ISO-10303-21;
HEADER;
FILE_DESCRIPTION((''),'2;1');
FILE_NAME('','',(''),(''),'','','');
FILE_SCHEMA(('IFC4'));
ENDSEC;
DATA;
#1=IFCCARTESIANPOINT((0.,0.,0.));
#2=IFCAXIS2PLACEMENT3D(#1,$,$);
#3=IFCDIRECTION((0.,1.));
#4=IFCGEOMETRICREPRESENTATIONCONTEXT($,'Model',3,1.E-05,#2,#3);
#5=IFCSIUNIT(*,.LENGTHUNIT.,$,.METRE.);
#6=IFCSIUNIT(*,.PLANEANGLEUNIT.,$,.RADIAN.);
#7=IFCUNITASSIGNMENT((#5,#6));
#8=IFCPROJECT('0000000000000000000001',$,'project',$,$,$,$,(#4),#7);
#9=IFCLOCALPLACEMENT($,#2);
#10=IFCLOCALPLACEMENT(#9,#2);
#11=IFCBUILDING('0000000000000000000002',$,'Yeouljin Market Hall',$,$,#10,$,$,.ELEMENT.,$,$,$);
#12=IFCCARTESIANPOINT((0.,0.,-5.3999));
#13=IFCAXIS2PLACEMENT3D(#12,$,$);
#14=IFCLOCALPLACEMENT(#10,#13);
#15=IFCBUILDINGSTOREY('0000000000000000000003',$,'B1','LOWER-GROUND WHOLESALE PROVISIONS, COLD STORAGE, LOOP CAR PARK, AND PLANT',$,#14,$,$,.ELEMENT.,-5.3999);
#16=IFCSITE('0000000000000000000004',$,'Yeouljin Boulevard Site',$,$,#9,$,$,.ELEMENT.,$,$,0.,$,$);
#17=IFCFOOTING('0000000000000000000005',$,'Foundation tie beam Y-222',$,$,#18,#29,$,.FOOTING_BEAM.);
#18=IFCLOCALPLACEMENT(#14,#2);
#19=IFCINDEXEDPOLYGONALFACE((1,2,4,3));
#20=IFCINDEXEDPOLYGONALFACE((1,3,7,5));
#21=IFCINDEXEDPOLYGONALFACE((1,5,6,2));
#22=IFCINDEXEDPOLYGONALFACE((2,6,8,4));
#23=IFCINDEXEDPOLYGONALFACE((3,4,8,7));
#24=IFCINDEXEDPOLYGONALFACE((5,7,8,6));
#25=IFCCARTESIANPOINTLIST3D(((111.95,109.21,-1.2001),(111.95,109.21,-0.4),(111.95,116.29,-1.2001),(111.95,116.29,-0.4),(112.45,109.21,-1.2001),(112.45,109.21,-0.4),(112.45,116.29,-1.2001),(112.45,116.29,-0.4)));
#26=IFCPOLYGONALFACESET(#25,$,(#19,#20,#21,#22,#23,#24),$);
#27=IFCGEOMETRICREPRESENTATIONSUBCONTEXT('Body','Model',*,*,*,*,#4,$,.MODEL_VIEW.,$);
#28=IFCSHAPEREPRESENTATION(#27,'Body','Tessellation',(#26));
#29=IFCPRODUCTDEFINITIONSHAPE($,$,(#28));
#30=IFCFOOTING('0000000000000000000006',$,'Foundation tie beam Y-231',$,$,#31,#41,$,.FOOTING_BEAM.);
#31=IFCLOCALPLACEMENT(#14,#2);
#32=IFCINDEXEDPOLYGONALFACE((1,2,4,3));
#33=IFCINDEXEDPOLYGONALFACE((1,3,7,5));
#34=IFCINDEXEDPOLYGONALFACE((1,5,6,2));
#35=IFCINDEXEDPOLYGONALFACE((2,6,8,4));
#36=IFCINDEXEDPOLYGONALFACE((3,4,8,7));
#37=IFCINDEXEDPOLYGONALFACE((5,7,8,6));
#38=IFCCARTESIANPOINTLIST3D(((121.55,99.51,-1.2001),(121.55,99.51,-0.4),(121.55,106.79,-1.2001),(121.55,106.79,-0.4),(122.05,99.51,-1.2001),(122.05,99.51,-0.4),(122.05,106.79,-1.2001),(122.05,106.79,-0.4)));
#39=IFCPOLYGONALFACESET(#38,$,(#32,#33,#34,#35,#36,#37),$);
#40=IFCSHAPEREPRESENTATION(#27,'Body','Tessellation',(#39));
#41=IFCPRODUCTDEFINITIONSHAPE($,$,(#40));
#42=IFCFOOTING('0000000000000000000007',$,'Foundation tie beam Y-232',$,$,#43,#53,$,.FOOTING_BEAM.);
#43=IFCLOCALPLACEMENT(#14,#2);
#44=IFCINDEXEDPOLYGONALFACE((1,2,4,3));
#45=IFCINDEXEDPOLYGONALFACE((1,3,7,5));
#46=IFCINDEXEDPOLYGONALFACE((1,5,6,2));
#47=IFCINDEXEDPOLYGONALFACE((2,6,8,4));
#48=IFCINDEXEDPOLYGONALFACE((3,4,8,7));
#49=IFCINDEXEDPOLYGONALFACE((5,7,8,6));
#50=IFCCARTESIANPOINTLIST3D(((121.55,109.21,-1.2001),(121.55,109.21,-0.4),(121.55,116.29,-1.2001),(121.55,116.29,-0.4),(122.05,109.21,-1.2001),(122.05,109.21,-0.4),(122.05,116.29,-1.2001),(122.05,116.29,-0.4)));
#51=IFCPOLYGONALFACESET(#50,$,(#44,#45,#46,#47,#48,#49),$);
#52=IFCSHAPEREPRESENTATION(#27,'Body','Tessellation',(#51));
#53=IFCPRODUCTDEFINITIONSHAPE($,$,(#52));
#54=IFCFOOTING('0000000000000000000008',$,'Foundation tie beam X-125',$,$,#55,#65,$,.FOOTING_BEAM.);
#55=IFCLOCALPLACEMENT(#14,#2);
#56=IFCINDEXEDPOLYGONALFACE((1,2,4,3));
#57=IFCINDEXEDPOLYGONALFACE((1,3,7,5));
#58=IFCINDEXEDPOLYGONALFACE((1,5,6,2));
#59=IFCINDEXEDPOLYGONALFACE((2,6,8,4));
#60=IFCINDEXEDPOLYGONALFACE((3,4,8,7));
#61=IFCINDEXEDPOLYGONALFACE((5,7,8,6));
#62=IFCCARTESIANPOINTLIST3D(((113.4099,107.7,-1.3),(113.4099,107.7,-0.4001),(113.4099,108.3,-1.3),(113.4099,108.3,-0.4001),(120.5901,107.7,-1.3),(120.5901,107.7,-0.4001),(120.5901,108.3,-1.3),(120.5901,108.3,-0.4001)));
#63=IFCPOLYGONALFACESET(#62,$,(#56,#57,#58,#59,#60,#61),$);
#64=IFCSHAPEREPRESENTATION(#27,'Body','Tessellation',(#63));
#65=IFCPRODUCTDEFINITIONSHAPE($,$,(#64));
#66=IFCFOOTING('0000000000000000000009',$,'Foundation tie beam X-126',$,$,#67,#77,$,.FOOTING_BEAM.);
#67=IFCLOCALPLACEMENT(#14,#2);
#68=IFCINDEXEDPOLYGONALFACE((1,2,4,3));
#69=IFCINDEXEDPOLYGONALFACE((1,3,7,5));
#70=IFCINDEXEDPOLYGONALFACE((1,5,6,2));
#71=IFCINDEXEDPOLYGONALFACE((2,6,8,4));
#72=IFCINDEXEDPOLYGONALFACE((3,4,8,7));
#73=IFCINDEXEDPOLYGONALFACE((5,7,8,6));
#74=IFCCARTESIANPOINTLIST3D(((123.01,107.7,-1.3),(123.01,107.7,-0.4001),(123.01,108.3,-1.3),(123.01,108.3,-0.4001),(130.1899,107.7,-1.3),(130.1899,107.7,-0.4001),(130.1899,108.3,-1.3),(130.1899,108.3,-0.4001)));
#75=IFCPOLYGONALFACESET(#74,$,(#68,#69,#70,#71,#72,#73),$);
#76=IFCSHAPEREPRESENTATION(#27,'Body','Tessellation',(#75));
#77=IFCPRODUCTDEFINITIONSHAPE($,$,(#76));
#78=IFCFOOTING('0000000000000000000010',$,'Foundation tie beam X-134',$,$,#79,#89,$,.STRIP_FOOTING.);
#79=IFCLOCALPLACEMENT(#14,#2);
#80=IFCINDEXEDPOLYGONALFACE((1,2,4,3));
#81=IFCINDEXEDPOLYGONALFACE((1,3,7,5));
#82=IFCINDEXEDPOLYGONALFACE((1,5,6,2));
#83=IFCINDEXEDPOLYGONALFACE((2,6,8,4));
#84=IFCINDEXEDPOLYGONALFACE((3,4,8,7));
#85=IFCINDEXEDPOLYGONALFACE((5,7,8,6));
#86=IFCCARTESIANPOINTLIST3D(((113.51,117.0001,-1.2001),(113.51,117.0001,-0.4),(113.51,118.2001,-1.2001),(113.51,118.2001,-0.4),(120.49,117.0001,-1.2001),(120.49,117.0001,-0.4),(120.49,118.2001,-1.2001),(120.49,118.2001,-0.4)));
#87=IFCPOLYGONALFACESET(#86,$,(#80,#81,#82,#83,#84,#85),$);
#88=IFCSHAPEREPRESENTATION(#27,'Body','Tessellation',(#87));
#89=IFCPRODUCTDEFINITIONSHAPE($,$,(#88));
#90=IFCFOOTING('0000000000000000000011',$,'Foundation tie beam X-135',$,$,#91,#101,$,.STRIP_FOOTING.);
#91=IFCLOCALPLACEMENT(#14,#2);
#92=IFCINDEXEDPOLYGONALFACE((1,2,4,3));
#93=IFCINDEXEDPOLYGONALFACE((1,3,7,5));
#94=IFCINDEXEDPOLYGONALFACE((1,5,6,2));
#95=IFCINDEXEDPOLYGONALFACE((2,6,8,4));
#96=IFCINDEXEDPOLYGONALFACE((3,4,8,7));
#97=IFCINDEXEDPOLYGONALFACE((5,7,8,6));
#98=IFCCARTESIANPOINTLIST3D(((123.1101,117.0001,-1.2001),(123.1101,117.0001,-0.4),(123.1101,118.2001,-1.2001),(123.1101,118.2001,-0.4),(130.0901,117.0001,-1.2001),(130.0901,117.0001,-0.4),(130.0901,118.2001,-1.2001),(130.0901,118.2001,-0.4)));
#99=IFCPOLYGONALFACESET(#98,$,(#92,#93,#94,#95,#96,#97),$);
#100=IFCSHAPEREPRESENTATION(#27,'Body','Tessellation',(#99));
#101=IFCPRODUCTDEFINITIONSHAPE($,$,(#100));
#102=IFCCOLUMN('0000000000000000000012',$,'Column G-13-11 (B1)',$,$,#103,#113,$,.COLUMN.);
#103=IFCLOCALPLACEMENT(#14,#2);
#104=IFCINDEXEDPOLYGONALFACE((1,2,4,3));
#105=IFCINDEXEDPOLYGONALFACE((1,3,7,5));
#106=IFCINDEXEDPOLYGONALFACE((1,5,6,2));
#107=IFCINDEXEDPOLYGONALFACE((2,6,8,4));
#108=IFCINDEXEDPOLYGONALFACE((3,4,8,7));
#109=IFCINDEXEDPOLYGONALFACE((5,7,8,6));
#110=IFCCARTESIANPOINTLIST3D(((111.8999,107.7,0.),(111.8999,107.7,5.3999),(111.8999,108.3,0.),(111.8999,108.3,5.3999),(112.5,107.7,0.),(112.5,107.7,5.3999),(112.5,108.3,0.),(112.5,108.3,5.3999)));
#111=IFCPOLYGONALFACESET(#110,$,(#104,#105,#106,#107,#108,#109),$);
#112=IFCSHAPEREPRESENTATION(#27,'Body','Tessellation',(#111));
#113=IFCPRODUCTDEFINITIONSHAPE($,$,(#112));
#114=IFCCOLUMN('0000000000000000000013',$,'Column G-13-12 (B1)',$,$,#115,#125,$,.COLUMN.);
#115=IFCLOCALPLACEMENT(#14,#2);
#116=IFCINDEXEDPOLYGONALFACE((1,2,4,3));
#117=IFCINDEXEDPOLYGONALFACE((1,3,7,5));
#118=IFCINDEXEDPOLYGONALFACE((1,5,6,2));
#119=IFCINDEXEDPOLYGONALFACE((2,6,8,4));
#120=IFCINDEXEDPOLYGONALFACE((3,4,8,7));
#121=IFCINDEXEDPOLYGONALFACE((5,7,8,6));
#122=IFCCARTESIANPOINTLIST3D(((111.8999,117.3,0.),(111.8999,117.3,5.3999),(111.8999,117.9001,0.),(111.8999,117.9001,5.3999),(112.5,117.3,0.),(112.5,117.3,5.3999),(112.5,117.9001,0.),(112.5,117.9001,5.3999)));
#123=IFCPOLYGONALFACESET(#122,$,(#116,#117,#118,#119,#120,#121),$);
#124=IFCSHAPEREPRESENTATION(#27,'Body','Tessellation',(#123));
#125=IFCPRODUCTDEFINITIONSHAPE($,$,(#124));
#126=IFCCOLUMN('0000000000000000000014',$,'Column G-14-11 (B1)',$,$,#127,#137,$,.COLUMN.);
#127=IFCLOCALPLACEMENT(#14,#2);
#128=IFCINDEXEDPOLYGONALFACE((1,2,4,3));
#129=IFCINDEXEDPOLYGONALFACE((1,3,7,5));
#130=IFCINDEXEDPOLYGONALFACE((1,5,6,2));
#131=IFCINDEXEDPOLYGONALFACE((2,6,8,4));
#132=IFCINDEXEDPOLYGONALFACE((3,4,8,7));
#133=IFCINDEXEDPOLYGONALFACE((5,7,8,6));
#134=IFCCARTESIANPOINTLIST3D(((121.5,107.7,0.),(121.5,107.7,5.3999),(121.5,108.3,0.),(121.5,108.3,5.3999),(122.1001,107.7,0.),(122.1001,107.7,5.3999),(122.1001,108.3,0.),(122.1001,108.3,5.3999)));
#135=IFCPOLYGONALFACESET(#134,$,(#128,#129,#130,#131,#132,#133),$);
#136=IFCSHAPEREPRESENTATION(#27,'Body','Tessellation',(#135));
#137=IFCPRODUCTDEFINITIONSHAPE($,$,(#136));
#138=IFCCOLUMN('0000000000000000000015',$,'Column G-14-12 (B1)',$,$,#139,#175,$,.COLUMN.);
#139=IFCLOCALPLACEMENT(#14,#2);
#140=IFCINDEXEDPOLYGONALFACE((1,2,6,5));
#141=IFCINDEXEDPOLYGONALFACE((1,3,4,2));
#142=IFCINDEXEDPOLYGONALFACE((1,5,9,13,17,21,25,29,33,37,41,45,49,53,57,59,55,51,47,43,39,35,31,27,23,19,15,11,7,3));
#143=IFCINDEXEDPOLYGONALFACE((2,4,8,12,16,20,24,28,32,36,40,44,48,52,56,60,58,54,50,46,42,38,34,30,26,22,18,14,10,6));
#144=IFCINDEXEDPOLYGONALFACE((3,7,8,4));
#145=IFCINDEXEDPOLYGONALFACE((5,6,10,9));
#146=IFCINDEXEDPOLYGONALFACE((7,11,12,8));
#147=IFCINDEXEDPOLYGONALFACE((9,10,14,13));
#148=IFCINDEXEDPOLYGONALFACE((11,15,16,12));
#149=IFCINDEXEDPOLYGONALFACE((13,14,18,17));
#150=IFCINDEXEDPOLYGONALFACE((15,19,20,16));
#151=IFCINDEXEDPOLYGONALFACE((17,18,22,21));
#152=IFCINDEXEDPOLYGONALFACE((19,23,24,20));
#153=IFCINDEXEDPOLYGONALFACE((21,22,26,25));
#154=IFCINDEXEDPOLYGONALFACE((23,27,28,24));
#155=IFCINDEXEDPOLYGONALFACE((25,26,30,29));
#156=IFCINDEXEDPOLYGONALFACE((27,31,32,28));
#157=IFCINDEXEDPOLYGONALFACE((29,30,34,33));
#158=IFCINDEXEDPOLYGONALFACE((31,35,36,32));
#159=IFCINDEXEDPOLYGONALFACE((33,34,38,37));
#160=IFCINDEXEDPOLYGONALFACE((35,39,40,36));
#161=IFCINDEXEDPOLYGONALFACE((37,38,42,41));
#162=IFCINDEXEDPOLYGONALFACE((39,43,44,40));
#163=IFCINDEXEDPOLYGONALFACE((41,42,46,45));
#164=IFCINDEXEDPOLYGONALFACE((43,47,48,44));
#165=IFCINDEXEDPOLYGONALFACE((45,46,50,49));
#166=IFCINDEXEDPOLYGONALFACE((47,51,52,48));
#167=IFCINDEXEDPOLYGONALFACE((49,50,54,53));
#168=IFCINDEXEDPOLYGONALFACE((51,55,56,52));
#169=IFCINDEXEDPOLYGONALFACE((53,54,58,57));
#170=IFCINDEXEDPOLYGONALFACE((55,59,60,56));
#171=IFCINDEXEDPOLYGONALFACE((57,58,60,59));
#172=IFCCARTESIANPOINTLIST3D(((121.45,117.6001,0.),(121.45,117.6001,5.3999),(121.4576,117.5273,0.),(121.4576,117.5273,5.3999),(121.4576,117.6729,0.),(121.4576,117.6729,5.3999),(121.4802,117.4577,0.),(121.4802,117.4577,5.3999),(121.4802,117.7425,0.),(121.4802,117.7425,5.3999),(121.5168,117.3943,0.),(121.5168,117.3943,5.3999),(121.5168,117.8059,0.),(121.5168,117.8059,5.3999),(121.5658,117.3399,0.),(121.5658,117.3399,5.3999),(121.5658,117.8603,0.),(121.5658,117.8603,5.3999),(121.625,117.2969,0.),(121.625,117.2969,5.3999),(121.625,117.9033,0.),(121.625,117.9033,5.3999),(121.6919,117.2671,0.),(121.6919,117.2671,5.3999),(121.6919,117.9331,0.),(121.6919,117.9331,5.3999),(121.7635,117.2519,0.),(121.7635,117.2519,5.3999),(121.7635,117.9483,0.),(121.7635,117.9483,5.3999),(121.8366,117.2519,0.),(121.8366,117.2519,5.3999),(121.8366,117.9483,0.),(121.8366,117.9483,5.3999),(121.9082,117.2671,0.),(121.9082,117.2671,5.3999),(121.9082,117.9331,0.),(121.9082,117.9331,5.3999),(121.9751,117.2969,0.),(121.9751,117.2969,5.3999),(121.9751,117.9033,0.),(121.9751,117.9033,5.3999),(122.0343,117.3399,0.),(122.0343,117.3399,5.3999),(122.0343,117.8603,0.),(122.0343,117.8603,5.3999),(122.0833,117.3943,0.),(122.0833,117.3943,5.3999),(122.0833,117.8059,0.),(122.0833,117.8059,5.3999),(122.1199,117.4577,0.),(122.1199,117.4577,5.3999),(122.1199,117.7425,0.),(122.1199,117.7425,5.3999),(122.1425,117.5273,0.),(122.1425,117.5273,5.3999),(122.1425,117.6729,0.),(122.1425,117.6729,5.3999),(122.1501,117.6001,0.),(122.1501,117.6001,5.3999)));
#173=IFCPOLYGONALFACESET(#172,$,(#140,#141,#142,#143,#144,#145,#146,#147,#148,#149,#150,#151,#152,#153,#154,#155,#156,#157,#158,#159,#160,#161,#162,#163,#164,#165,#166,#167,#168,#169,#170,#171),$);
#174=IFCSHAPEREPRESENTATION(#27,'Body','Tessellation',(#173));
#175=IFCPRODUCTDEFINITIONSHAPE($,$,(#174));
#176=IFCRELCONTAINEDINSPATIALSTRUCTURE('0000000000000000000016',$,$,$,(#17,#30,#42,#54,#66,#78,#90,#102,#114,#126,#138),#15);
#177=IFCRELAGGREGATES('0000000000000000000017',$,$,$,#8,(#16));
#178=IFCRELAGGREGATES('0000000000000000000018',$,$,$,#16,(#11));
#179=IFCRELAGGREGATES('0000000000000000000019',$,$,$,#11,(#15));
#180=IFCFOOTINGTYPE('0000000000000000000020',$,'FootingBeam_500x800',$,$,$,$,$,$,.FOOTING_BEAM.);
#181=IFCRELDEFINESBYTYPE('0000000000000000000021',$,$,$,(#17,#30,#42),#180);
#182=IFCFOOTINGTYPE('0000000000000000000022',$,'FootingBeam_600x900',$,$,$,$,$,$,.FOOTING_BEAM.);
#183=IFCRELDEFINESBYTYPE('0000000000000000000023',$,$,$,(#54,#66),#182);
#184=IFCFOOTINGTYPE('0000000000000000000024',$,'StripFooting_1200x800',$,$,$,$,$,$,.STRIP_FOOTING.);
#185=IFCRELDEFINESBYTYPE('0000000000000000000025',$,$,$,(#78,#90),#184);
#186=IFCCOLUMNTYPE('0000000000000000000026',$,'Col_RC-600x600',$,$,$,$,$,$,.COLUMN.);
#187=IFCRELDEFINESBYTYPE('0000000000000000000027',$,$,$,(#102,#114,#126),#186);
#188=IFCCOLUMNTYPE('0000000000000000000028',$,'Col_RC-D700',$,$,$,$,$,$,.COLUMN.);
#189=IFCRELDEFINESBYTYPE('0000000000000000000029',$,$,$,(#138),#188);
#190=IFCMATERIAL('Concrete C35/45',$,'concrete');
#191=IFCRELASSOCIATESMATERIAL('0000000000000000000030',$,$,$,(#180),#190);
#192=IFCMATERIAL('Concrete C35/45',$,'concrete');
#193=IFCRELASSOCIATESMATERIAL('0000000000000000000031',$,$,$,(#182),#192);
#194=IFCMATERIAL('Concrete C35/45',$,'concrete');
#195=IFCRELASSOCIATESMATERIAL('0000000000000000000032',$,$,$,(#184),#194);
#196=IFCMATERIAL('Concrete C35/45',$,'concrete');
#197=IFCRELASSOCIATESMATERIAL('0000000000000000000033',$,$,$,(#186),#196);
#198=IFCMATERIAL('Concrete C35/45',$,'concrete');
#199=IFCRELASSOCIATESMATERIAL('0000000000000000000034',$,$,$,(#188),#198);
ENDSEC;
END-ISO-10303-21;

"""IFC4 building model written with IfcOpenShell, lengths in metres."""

from ifc_helpers import new_model, si_unit, direction, frame, origin, origin_2d, place, context, subcontext, project, spatial, rectangle, circle, extrude, material, material_profile, profile_set, type_object, element, save


model = new_model("IFC4")

# Units and contexts
model_context = context("Model", 3, precision=1e-05, world=origin(), true_north=direction((0.0, 1.0)))
body_context = subcontext(model_context, "Body", "Model", "MODEL_VIEW")
ifc_project = project(units=[si_unit("LENGTHUNIT", "METRE"), si_unit("PLANEANGLEUNIT", "RADIAN")], contexts=[model_context])

# Site, building, storey
site_placement = place(None, origin())
site = spatial("IfcSite", under=ifc_project, at=site_placement, Name="Yeouljin Boulevard Site", CompositionType="ELEMENT", RefElevation=0.0)
building_placement = place(site_placement, origin())
building = spatial("IfcBuilding", under=site, at=building_placement, Name="Yeouljin Market Hall", CompositionType="ELEMENT")
storey_placement = place(building_placement, frame((0.0, 0.0, -5.3999)))
storey = spatial("IfcBuildingStorey", under=building, at=storey_placement, Name="B1", Description="LOWER-GROUND WHOLESALE PROVISIONS, COLD STORAGE, LOOP CAR PARK, AND PLANT", CompositionType="ELEMENT", Elevation=-5.3999)

# Footings
ifc_material_1 = material(Name="Concrete C35/45", Category="concrete")
ifc_material_profile_1 = material_profile(ifc_material_1, rectangle(XDim=0.5, YDim=0.8, at=origin_2d()), Name="RC-500x800")
ifc_profile_set_1 = profile_set([ifc_material_profile_1], Name="Concrete C35/45")
footing_type_1 = type_object("IfcFootingType", Name="FootingBeam_500x800", PredefinedType="FOOTING_BEAM", material=ifc_profile_set_1)
footing_1_placement = place(storey_placement, frame((112.2, 109.21, -0.8), z_axis=(0.0, 1.0, 0.0), x_axis=(-1.0, 0.0, 0.0)))
element("IfcFooting", 1, at=footing_1_placement, inside=storey, type_object=footing_type_1, Name="Foundation tie beam Y-222", PredefinedType="FOOTING_BEAM", context=body_context, shape_type="SweptSolid", body=[
    extrude(rectangle(XDim=0.5, YDim=0.8, at=origin_2d()), origin(), (0.0, 0.0, 1.0), 7.0801),
])
footing_2_placement = place(storey_placement, frame((121.8, 99.51, -0.8), z_axis=(0.0, 1.0, 0.0), x_axis=(-1.0, 0.0, 0.0)))
element("IfcFooting", 2, at=footing_2_placement, inside=storey, type_object=footing_type_1, Name="Foundation tie beam Y-231", PredefinedType="FOOTING_BEAM", context=body_context, shape_type="SweptSolid", body=[
    extrude(rectangle(XDim=0.5, YDim=0.8, at=origin_2d()), origin(), (0.0, 0.0, 1.0), 7.28),
])
footing_3_placement = place(storey_placement, frame((121.8, 109.21, -0.8), z_axis=(0.0, 1.0, 0.0), x_axis=(-1.0, 0.0, 0.0)))
element("IfcFooting", 3, at=footing_3_placement, inside=storey, type_object=footing_type_1, Name="Foundation tie beam Y-232", PredefinedType="FOOTING_BEAM", context=body_context, shape_type="SweptSolid", body=[
    extrude(rectangle(XDim=0.5, YDim=0.8, at=origin_2d()), origin(), (0.0, 0.0, 1.0), 7.0801),
])
ifc_material_2 = material(Name="Concrete C35/45", Category="concrete")
ifc_material_profile_2 = material_profile(ifc_material_2, rectangle(XDim=0.6001, YDim=0.8999, at=origin_2d()), Name="RC-600x900")
ifc_profile_set_2 = profile_set([ifc_material_profile_2], Name="Concrete C35/45")
footing_type_2 = type_object("IfcFootingType", Name="FootingBeam_600x900", PredefinedType="FOOTING_BEAM", material=ifc_profile_set_2)
footing_4_placement = place(storey_placement, frame((113.4099, 108.0, -0.8501), z_axis=(1.0, 0.0, 0.0), x_axis=(0.0, 1.0, 0.0)))
element("IfcFooting", 4, at=footing_4_placement, inside=storey, type_object=footing_type_2, Name="Foundation tie beam X-125", PredefinedType="FOOTING_BEAM", context=body_context, shape_type="SweptSolid", body=[
    extrude(rectangle(XDim=0.6001, YDim=0.8999, at=origin_2d()), origin(), (0.0, 0.0, 1.0), 7.1802),
])
footing_5_placement = place(storey_placement, frame((123.01, 108.0, -0.8501), z_axis=(1.0, 0.0, 0.0), x_axis=(0.0, 1.0, 0.0)))
element("IfcFooting", 5, at=footing_5_placement, inside=storey, type_object=footing_type_2, Name="Foundation tie beam X-126", PredefinedType="FOOTING_BEAM", context=body_context, shape_type="SweptSolid", body=[
    extrude(rectangle(XDim=0.6001, YDim=0.8999, at=origin_2d()), origin(), (0.0, 0.0, 1.0), 7.1799),
])
ifc_material_3 = material(Name="Concrete C35/45", Category="concrete")
ifc_material_profile_3 = material_profile(ifc_material_3, rectangle(XDim=1.2, YDim=0.8, at=origin_2d()), Name="SF-1200x800")
ifc_profile_set_3 = profile_set([ifc_material_profile_3], Name="Concrete C35/45")
footing_type_3 = type_object("IfcFootingType", Name="StripFooting_1200x800", PredefinedType="STRIP_FOOTING", material=ifc_profile_set_3)
for number, where, z_axis, x_axis, name in (
    (6, (113.51, 117.6001, -0.8), (1.0, 0.0, 0.0), (0.0, 1.0, 0.0), "Foundation tie beam X-134"),
    (7, (123.1101, 117.6001, -0.8), (1.0, 0.0, 0.0), (0.0, 1.0, 0.0), "Foundation tie beam X-135"),
):
    element("IfcFooting", number, at=place(storey_placement, frame(where, z_axis=z_axis, x_axis=x_axis)), inside=storey, type_object=footing_type_3, Name=name, PredefinedType="STRIP_FOOTING", context=body_context, shape_type="SweptSolid", body=[
        extrude(rectangle(XDim=1.2, YDim=0.8, at=origin_2d()), origin(), (0.0, 0.0, 1.0), 6.98),
    ])

# Columns
ifc_material_4 = material(Name="Concrete C35/45", Category="concrete")
ifc_material_profile_4 = material_profile(ifc_material_4, rectangle(XDim=0.6001, YDim=0.6001, at=origin_2d()), Name="RC-600x600")
ifc_profile_set_4 = profile_set([ifc_material_profile_4], Name="Concrete C35/45")
column_type_1 = type_object("IfcColumnType", Name="Col_RC-600x600", PredefinedType="COLUMN", material=ifc_profile_set_4)
for number, where, z_axis, x_axis, name in (
    (8, (112.2, 108.0, 0.0), (0.0, 0.0, 1.0), (1.0, 0.0, 0.0), "Column G-13-11 (B1)"),
    (9, (112.2, 117.6001, 0.0), (0.0, 0.0, 1.0), (1.0, 0.0, 0.0), "Column G-13-12 (B1)"),
    (10, (121.8, 108.0, 0.0), (0.0, 0.0, 1.0), (1.0, 0.0, 0.0), "Column G-14-11 (B1)"),
):
    element("IfcColumn", number, at=place(storey_placement, frame(where, z_axis=z_axis, x_axis=x_axis)), inside=storey, type_object=column_type_1, Name=name, PredefinedType="COLUMN", context=body_context, shape_type="SweptSolid", body=[
        extrude(rectangle(XDim=0.6001, YDim=0.6001, at=origin_2d()), origin(), (0.0, 0.0, 1.0), 5.3999),
    ])
ifc_material_5 = material(Name="Concrete C35/45", Category="concrete")
ifc_material_profile_5 = material_profile(ifc_material_5, circle(Radius=0.3501, at=origin_2d()), Name="RC-D700")
ifc_profile_set_5 = profile_set([ifc_material_profile_5], Name="Concrete C35/45")
column_type_2 = type_object("IfcColumnType", Name="Col_RC-D700", PredefinedType="COLUMN", material=ifc_profile_set_5)
column_placement = place(storey_placement, frame((121.8, 117.6001, 0.0), z_axis=(0.0, 0.0, 1.0), x_axis=(1.0, 0.0, 0.0)))
element("IfcColumn", 11, at=column_placement, inside=storey, type_object=column_type_2, Name="Column G-14-12 (B1)", PredefinedType="COLUMN", context=body_context, shape_type="SweptSolid", body=[
    extrude(circle(Radius=0.3501, at=origin_2d()), origin(), (0.0, 0.0, 1.0), 5.3999),
])

save(model, "model.ifc")
